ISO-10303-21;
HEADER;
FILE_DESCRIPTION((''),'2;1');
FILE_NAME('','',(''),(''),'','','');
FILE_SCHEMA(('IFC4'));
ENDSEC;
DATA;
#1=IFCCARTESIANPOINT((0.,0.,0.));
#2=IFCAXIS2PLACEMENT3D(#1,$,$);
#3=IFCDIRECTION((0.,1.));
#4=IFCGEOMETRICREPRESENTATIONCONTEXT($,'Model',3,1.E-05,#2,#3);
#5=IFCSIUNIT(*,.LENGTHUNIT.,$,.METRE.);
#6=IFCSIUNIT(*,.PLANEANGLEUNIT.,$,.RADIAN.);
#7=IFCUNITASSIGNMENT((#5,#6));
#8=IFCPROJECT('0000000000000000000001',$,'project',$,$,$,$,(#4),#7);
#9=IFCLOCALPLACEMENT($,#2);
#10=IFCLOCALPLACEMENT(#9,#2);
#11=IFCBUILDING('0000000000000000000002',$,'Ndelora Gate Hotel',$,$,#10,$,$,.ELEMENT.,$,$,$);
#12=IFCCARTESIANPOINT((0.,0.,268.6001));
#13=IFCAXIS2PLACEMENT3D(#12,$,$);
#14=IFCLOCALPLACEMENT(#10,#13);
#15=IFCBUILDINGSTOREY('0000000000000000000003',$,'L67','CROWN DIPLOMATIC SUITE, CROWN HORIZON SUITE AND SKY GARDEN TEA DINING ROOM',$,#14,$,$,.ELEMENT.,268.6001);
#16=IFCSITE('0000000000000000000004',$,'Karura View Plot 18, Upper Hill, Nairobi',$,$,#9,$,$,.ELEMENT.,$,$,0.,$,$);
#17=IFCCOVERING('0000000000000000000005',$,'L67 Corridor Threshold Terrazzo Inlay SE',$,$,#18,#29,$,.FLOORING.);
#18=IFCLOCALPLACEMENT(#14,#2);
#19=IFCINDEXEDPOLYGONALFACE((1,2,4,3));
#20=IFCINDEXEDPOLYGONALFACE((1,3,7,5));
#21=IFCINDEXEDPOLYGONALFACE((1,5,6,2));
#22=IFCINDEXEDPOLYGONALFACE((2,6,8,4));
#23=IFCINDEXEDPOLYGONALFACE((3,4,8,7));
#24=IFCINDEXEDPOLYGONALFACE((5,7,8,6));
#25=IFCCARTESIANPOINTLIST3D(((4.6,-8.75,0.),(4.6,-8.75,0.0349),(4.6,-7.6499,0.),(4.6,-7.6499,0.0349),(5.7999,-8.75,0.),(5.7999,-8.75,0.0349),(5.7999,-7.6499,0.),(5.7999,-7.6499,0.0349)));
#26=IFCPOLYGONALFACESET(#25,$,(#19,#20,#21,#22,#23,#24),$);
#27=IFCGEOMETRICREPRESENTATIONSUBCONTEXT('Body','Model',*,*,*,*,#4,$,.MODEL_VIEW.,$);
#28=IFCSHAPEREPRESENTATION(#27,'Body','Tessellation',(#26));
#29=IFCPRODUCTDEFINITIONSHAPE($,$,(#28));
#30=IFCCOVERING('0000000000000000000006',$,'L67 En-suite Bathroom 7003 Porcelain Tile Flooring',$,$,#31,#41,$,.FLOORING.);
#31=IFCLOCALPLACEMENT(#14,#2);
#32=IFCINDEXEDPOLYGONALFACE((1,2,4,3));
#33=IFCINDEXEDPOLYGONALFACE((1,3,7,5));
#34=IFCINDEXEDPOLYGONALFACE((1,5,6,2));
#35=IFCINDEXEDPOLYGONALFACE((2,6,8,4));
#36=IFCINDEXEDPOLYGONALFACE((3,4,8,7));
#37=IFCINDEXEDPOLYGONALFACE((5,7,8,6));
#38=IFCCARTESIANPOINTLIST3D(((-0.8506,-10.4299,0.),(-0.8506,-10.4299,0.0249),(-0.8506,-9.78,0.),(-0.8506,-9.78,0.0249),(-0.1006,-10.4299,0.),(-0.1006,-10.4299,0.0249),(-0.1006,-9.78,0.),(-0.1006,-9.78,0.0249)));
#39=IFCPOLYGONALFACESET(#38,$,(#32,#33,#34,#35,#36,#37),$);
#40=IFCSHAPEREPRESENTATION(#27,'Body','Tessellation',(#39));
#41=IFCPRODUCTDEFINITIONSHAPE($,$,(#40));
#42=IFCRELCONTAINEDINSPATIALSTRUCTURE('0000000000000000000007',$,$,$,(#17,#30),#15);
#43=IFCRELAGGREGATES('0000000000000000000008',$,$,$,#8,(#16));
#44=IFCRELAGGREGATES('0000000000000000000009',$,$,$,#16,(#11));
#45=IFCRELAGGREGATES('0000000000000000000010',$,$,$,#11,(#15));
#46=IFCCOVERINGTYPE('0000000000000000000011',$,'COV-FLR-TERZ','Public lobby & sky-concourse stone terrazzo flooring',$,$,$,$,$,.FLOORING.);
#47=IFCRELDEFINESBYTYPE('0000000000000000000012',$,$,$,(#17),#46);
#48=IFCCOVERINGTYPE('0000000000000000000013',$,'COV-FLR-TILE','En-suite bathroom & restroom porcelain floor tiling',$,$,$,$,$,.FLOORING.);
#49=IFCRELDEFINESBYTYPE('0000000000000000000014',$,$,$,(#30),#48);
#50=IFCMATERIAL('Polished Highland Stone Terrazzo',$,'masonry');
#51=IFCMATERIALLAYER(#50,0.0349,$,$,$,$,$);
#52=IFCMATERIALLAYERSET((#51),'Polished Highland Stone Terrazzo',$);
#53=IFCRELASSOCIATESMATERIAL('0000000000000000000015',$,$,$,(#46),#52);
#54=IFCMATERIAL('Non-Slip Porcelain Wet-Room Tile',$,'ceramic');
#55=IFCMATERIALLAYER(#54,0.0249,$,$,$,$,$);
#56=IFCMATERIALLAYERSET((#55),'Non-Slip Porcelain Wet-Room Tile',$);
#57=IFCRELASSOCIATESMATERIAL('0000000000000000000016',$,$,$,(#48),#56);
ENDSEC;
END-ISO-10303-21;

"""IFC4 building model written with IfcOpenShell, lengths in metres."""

from ifc_helpers import new_model, si_unit, direction, frame, origin, origin_2d, place, context, subcontext, project, spatial, rectangle, extrude, material, layer, layer_set, type_object, element, save


model = new_model("IFC4")

# Units and contexts
model_context = context("Model", 3, precision=1e-05, world=origin(), true_north=direction((0.0, 1.0)))
body_context = subcontext(model_context, "Body", "Model", "MODEL_VIEW")
ifc_project = project(units=[si_unit("LENGTHUNIT", "METRE"), si_unit("PLANEANGLEUNIT", "RADIAN")], contexts=[model_context])

# Site, building, storey
site_placement = place(None, origin())
site = spatial("IfcSite", under=ifc_project, at=site_placement, Name="Karura View Plot 18, Upper Hill, Nairobi", CompositionType="ELEMENT", RefElevation=0.0)
building_placement = place(site_placement, origin())
building = spatial("IfcBuilding", under=site, at=building_placement, Name="Ndelora Gate Hotel", CompositionType="ELEMENT")
storey_placement = place(building_placement, frame((0.0, 0.0, 268.6001)))
storey = spatial("IfcBuildingStorey", under=building, at=storey_placement, Name="L67", Description="CROWN DIPLOMATIC SUITE, CROWN HORIZON SUITE AND SKY GARDEN TEA DINING ROOM", CompositionType="ELEMENT", Elevation=268.6001)

# Coverings
ifc_material_1 = material(Name="Polished Highland Stone Terrazzo", Category="masonry")
ifc_layer_1 = layer(ifc_material_1, 0.0349)
ifc_layer_set_1 = layer_set([ifc_layer_1], Name="Polished Highland Stone Terrazzo")
covering_type_1 = type_object("IfcCoveringType", Name="COV-FLR-TERZ", Description="Public lobby & sky-concourse stone terrazzo flooring", PredefinedType="FLOORING", material=ifc_layer_set_1)
covering_1_placement = place(storey_placement, frame((5.2, -8.2, 0.0), z_axis=(0.0, 0.0, 1.0), x_axis=(1.0, 0.0, 0.0)))
element("IfcCovering", 1, at=covering_1_placement, inside=storey, type_object=covering_type_1, Name="L67 Corridor Threshold Terrazzo Inlay SE", PredefinedType="FLOORING", context=body_context, shape_type="SweptSolid", body=[
    extrude(rectangle(XDim=1.2, YDim=1.1001, at=origin_2d()), origin(), (0.0, 0.0, 1.0), 0.0349),
])
ifc_material_2 = material(Name="Non-Slip Porcelain Wet-Room Tile", Category="ceramic")
ifc_layer_2 = layer(ifc_material_2, 0.0249)
ifc_layer_set_2 = layer_set([ifc_layer_2], Name="Non-Slip Porcelain Wet-Room Tile")
covering_type_2 = type_object("IfcCoveringType", Name="COV-FLR-TILE", Description="En-suite bathroom & restroom porcelain floor tiling", PredefinedType="FLOORING", material=ifc_layer_set_2)
covering_2_placement = place(storey_placement, frame((-0.4756, -10.105, 0.0), z_axis=(0.0, 0.0, 1.0), x_axis=(1.0, 0.0, 0.0)))
element("IfcCovering", 2, at=covering_2_placement, inside=storey, type_object=covering_type_2, Name="L67 En-suite Bathroom 7003 Porcelain Tile Flooring", PredefinedType="FLOORING", context=body_context, shape_type="SweptSolid", body=[
    extrude(rectangle(XDim=0.75, YDim=0.6499, at=origin_2d()), origin(), (0.0, 0.0, 1.0), 0.0249),
])

save(model, "model.ifc")
